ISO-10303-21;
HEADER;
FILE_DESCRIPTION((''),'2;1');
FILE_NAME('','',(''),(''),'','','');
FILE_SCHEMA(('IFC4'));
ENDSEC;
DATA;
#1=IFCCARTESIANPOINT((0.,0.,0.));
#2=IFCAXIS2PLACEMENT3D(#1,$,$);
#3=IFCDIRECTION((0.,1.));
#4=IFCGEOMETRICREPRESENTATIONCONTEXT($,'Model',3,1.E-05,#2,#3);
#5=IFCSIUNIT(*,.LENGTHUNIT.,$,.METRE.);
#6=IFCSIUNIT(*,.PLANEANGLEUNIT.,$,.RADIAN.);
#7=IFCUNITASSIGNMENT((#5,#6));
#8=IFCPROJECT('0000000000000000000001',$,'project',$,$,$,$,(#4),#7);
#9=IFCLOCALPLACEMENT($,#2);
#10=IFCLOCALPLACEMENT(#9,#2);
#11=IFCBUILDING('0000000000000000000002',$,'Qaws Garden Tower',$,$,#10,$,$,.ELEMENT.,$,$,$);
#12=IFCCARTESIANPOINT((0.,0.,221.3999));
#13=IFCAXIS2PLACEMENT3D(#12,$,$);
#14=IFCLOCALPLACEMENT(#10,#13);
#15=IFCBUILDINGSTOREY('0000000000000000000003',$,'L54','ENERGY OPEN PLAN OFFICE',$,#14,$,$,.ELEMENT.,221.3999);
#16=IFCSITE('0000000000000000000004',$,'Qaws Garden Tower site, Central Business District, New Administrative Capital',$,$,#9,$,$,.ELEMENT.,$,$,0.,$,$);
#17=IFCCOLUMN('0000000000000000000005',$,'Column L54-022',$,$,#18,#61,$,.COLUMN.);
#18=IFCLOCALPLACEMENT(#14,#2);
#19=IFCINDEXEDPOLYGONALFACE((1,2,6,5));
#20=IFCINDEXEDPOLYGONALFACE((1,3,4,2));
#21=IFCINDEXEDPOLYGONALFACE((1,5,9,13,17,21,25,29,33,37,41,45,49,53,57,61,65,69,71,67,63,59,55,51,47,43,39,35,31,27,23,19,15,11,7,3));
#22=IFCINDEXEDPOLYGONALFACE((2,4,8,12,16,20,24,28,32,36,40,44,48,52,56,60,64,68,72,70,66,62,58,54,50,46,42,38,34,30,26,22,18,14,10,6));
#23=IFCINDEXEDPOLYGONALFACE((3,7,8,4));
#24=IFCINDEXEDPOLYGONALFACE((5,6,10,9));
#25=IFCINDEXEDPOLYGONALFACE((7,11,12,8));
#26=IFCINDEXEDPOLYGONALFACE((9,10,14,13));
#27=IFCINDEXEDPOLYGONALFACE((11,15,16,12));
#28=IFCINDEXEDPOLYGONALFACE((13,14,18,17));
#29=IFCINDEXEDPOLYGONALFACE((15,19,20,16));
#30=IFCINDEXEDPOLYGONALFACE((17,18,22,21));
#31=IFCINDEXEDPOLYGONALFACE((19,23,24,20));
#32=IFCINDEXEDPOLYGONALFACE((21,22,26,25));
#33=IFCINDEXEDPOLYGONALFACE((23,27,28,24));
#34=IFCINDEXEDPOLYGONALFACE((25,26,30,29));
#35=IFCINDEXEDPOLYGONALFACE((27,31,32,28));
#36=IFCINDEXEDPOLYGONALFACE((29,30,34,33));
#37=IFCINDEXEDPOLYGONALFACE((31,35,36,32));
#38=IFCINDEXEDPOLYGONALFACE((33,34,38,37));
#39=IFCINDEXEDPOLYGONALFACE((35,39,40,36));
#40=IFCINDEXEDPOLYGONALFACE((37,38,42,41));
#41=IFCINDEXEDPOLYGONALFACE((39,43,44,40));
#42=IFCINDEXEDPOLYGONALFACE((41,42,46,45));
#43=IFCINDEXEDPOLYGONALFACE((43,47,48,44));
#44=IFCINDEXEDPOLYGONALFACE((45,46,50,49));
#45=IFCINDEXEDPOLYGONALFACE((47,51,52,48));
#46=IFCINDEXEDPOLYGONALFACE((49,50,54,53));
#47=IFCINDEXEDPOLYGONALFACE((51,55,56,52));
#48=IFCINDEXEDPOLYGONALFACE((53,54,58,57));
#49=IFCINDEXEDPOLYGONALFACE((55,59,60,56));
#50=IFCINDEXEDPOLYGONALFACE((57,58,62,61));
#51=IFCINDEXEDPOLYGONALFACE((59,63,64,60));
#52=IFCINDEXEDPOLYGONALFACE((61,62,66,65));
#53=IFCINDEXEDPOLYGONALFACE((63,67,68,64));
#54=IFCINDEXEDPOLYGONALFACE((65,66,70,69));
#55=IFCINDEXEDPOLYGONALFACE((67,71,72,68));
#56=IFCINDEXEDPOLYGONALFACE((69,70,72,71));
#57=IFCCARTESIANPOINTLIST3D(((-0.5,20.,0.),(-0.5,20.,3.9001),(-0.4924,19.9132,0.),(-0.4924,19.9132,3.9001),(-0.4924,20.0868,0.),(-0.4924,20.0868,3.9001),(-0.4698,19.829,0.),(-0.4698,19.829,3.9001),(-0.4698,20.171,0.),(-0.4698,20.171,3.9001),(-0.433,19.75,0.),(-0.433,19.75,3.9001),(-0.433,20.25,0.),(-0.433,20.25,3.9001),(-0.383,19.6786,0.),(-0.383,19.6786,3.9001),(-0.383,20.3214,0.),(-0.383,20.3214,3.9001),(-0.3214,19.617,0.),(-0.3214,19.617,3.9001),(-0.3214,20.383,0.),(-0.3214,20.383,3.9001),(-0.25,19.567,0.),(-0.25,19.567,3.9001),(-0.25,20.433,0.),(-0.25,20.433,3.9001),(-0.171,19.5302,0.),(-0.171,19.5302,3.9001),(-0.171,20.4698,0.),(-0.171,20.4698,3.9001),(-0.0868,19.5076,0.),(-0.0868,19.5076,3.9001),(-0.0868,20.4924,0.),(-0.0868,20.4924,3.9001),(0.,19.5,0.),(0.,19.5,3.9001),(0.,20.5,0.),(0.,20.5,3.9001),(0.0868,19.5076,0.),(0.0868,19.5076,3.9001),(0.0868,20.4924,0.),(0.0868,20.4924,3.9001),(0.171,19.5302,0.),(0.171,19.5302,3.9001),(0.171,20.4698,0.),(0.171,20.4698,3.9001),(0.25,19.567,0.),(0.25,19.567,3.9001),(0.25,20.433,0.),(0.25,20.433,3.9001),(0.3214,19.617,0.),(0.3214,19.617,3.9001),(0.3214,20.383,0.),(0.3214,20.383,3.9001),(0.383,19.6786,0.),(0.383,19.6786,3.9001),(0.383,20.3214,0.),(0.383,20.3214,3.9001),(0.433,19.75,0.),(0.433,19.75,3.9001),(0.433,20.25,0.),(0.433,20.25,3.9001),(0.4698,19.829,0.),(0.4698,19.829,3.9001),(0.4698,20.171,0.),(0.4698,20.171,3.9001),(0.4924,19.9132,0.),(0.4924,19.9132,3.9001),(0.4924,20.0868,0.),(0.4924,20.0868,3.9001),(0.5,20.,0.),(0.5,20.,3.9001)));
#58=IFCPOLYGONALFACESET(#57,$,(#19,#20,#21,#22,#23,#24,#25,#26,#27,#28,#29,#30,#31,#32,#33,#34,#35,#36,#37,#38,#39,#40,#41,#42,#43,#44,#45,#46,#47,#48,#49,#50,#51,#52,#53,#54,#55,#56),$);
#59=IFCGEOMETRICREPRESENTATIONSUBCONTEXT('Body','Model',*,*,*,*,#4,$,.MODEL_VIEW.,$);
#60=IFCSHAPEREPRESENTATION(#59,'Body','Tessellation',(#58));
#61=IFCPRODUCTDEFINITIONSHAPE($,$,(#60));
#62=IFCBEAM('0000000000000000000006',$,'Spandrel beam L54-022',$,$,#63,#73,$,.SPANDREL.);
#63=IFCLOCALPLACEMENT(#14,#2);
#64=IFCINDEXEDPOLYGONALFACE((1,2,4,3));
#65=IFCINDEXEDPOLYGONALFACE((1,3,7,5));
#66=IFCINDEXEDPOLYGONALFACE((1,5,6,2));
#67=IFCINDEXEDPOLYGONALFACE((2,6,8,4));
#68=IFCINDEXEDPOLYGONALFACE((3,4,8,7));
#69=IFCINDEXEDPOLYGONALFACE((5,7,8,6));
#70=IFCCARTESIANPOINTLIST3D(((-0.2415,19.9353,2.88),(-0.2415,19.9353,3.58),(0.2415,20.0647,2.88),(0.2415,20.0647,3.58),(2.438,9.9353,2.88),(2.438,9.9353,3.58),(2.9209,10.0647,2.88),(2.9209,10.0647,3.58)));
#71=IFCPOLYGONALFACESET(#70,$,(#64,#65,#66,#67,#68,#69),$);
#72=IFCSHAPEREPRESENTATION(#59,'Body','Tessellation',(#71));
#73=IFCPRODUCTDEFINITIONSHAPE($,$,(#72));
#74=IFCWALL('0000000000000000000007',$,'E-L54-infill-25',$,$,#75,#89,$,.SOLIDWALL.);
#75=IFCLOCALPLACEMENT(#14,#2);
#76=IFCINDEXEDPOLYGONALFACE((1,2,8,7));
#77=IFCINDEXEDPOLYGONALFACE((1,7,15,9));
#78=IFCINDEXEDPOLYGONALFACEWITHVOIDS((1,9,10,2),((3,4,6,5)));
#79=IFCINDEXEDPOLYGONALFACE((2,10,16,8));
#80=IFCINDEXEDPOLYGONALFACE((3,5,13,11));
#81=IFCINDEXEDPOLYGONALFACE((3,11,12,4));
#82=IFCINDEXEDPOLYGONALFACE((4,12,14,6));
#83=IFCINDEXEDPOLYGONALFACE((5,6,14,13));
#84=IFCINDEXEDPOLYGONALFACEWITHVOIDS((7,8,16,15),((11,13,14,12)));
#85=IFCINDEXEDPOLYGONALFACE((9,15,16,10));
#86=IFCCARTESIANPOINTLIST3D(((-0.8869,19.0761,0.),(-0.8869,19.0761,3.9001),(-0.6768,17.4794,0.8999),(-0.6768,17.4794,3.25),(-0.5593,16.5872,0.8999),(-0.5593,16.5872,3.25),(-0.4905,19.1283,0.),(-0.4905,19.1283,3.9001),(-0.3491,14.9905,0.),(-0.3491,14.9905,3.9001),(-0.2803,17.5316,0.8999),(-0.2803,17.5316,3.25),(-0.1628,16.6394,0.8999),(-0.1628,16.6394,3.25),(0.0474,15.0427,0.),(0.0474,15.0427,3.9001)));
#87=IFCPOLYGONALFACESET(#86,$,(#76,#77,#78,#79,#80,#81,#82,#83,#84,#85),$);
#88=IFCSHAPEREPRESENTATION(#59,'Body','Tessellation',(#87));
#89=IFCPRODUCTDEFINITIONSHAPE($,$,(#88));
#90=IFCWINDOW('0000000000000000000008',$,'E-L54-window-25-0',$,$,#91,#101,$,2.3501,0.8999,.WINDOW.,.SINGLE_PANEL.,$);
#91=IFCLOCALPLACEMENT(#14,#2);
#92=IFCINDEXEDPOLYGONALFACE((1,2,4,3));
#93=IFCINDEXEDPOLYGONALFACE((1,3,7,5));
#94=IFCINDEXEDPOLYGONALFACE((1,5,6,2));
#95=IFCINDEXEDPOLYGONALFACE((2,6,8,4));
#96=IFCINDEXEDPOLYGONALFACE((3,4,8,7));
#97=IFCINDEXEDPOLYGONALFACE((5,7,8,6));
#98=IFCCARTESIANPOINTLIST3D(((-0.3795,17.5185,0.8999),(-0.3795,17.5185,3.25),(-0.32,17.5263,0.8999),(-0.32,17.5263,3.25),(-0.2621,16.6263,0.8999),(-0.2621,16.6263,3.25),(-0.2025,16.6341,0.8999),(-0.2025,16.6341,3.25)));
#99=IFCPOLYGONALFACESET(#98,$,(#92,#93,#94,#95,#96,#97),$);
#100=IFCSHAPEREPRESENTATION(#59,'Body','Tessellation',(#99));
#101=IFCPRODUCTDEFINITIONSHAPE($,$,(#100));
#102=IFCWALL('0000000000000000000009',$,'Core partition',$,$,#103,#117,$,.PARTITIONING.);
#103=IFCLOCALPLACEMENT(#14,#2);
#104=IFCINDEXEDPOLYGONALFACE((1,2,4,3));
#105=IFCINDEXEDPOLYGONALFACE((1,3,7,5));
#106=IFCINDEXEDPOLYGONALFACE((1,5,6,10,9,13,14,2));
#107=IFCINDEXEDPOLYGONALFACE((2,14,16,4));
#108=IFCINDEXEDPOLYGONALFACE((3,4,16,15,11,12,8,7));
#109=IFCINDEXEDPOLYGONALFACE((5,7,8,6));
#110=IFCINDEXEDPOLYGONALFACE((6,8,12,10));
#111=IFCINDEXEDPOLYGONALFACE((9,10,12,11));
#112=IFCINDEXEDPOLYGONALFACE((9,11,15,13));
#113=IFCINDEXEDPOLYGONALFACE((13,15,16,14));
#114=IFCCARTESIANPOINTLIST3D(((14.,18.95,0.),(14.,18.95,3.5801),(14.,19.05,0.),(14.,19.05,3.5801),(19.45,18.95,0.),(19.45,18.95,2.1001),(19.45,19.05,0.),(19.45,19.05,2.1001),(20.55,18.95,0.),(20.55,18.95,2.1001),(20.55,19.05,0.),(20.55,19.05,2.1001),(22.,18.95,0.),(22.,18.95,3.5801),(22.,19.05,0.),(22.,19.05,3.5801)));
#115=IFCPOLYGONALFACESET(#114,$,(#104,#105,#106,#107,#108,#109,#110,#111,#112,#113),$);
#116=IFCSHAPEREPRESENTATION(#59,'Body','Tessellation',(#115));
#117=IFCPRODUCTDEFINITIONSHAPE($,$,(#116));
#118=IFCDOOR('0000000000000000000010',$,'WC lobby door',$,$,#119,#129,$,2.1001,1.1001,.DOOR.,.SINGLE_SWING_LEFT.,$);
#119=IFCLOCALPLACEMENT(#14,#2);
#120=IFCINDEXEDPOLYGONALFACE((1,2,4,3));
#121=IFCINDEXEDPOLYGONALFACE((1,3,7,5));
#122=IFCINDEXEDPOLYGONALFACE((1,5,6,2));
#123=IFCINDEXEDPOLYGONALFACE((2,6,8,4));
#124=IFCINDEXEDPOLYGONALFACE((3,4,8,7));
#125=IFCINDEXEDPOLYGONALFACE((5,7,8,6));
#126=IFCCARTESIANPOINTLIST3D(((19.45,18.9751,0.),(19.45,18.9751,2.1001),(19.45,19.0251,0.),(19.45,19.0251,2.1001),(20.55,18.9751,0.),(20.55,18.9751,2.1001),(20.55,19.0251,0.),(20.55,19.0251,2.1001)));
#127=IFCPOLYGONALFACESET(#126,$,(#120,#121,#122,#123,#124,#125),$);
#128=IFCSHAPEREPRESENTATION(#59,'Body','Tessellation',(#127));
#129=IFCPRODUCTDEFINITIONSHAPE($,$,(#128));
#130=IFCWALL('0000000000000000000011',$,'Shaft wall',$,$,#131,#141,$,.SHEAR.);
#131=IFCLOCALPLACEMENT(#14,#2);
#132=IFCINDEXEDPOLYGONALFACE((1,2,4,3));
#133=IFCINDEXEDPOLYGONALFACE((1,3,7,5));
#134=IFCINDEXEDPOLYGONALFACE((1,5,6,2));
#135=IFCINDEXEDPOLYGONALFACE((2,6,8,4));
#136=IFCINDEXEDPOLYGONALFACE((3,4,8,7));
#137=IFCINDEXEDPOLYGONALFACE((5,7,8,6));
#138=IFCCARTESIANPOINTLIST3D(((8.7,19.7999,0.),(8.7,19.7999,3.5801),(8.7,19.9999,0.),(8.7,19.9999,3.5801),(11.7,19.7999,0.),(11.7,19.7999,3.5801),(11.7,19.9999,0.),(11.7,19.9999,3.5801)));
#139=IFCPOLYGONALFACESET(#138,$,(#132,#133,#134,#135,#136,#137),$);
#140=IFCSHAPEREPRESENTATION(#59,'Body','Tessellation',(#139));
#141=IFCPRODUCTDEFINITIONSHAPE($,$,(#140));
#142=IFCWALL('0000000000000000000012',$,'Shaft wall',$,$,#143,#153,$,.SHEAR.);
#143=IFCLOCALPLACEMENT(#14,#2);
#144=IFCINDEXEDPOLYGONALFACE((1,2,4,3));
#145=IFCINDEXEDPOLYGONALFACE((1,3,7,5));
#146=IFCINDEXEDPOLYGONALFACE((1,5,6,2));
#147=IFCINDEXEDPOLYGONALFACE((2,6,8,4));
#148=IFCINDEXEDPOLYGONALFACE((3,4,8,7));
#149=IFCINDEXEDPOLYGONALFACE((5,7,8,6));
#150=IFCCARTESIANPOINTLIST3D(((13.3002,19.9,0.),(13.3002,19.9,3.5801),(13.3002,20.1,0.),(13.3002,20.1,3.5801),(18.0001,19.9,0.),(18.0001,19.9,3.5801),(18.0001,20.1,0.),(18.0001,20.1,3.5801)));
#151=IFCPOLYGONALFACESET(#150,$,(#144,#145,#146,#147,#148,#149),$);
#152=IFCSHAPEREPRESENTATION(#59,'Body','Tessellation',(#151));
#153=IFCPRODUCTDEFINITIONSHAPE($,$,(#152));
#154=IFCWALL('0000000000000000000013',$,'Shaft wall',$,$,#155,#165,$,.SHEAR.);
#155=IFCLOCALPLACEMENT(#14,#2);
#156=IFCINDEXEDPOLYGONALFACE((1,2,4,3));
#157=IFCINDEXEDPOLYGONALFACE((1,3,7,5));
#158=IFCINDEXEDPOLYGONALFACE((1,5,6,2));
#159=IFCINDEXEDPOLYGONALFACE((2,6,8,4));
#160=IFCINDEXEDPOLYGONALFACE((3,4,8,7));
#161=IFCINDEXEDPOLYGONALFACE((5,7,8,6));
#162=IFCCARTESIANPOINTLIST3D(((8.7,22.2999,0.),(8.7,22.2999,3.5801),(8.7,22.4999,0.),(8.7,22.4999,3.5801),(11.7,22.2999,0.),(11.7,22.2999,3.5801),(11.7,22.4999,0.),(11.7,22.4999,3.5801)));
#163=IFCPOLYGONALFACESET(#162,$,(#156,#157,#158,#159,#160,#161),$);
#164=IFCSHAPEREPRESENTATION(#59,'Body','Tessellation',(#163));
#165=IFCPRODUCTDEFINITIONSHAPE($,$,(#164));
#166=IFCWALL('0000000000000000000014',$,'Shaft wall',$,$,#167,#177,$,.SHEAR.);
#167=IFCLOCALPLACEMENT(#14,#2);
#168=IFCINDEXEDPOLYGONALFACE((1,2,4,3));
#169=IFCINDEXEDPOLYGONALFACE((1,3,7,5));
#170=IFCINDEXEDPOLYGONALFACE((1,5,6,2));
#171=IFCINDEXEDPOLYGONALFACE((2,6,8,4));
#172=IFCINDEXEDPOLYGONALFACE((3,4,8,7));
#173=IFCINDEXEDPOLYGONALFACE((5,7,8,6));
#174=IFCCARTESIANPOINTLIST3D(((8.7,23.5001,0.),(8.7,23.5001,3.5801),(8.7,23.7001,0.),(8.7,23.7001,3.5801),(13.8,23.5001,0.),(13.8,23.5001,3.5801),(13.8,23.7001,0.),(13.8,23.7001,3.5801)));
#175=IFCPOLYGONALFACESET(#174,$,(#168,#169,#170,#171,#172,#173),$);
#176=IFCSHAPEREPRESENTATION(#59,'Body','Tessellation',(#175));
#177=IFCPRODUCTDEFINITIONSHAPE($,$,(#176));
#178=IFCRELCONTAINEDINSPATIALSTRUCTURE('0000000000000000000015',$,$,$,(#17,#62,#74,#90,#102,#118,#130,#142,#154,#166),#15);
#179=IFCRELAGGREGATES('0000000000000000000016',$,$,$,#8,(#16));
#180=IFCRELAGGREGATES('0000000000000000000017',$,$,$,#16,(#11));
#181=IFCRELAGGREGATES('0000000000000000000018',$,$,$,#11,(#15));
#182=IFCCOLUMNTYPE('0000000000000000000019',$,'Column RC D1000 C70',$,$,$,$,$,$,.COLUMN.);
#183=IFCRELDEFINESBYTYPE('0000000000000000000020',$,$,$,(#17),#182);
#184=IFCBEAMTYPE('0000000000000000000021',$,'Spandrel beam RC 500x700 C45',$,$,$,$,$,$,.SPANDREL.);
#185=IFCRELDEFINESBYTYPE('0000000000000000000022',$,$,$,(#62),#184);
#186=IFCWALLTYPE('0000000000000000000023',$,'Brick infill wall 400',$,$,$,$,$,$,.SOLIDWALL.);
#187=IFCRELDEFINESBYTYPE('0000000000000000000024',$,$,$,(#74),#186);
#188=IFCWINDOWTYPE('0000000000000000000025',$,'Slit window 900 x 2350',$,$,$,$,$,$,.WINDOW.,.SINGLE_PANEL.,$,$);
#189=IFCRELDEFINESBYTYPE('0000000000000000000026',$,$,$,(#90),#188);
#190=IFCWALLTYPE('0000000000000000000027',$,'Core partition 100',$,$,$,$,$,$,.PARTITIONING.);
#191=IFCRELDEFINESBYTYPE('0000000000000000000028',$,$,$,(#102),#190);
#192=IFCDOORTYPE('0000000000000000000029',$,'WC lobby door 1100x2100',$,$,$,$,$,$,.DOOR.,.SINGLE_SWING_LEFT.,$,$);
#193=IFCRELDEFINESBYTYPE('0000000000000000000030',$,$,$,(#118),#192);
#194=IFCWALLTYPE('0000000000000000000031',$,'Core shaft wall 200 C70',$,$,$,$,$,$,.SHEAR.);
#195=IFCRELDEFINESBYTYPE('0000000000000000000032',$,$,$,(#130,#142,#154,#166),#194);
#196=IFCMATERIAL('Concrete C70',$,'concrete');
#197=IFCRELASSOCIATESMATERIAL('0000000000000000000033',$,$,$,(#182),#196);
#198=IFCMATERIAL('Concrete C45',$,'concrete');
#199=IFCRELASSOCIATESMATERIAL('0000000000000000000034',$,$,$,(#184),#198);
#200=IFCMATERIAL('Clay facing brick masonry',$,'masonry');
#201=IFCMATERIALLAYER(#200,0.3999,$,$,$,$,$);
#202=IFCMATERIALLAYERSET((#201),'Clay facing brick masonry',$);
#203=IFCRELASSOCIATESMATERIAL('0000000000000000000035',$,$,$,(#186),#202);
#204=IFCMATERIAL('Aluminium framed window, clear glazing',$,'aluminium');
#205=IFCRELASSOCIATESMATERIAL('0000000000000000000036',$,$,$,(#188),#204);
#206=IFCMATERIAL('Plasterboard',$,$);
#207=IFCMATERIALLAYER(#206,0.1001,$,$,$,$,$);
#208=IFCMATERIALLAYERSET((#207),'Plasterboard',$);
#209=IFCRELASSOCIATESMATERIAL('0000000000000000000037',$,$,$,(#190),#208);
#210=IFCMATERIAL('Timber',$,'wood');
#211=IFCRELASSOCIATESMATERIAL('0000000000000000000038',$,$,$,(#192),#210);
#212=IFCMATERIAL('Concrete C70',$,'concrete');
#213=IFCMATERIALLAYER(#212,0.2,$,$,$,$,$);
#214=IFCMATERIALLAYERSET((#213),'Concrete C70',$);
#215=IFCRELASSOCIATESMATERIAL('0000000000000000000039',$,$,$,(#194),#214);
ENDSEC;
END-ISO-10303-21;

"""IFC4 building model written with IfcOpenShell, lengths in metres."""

from ifc_helpers import new_model, si_unit, direction, frame, frame_2d, origin, origin_2d, place, context, subcontext, project, spatial, rectangle, circle, extrude, material, layer, layer_set, material_profile, profile_set, type_object, element, fill, save


model = new_model("IFC4")

# Units and contexts
model_context = context("Model", 3, precision=1e-05, world=origin(), true_north=direction((0.0, 1.0)))
body_context = subcontext(model_context, "Body", "Model", "MODEL_VIEW")
ifc_project = project(units=[si_unit("LENGTHUNIT", "METRE"), si_unit("PLANEANGLEUNIT", "RADIAN")], contexts=[model_context])

# Site, building, storey
site_placement = place(None, origin())
site = spatial("IfcSite", under=ifc_project, at=site_placement, Name="Qaws Garden Tower site, Central Business District, New Administrative Capital", CompositionType="ELEMENT", RefElevation=0.0)
building_placement = place(site_placement, origin())
building = spatial("IfcBuilding", under=site, at=building_placement, Name="Qaws Garden Tower", CompositionType="ELEMENT")
storey_placement = place(building_placement, frame((0.0, 0.0, 221.3999)))
storey = spatial("IfcBuildingStorey", under=building, at=storey_placement, Name="L54", Description="ENERGY OPEN PLAN OFFICE", CompositionType="ELEMENT", Elevation=221.3999)

# Column
ifc_material_1 = material(Name="Concrete C70", Category="concrete")
ifc_material_profile_1 = material_profile(ifc_material_1, circle(Radius=0.5, at=origin_2d()), Name="RC D1000")
ifc_profile_set_1 = profile_set([ifc_material_profile_1], Name="Concrete C70")
column_type = type_object("IfcColumnType", Name="Column RC D1000 C70", PredefinedType="COLUMN", material=ifc_profile_set_1)
column_placement = place(storey_placement, frame((0.0, 20.0, 0.0), z_axis=(0.0, 0.0, 1.0), x_axis=(1.0, 0.0, 0.0)))
element("IfcColumn", 1, at=column_placement, inside=storey, type_object=column_type, Name="Column L54-022", PredefinedType="COLUMN", context=body_context, shape_type="SweptSolid", body=[
    extrude(circle(Radius=0.5, at=origin_2d()), origin(), (0.0, 0.0, 1.0), 3.9001),
])

# Beam
ifc_material_2 = material(Name="Concrete C45", Category="concrete")
ifc_material_profile_2 = material_profile(ifc_material_2, rectangle(XDim=0.5, YDim=0.7, at=origin_2d()), Name="RC 500x700")
ifc_profile_set_2 = profile_set([ifc_material_profile_2], Name="Concrete C45")
beam_type = type_object("IfcBeamType", Name="Spandrel beam RC 500x700 C45", PredefinedType="SPANDREL", material=ifc_profile_set_2)
beam_placement = place(storey_placement, frame((0.0, 20.0, 3.23), z_axis=(0.258815, -0.965927, 0.0), x_axis=(0.965927, 0.258815, 0.0)))
element("IfcBeam", 2, at=beam_placement, inside=storey, type_object=beam_type, Name="Spandrel beam L54-022", PredefinedType="SPANDREL", context=body_context, shape_type="SweptSolid", body=[
    extrude(rectangle(XDim=0.5, YDim=0.7, at=origin_2d()), origin(), (0.0, 0.0, 1.0), 10.3528),
])

# Wall, opening, window
ifc_material_3 = material(Name="Clay facing brick masonry", Category="masonry")
ifc_layer_1 = layer(ifc_material_3, 0.3999)
ifc_layer_set_1 = layer_set([ifc_layer_1], Name="Clay facing brick masonry")
wall_type_1 = type_object("IfcWallType", Name="Brick infill wall 400", PredefinedType="SOLIDWALL", material=ifc_layer_set_1)
wall_1_placement = place(storey_placement, frame((-0.6887, 19.1023, 0.0), z_axis=(0.0, 0.0, 1.0), x_axis=(0.130514, -0.991446, 0.0)))
wall_1 = element("IfcWall", 3, at=wall_1_placement, inside=storey, type_object=wall_type_1, Name="E-L54-infill-25", PredefinedType="SOLIDWALL", context=body_context, shape_type="SweptSolid", body=[
    extrude(rectangle(XDim=4.1208, YDim=0.3999, at=frame_2d((2.0605, 0.0))), origin(), (0.0, 0.0, 1.0), 3.9001),
])
opening_1_placement = place(wall_1_placement, frame((1.6106, 0.0, 0.8999)))
opening_1 = element("IfcOpeningElement", 4, at=opening_1_placement, cuts=wall_1, PredefinedType="OPENING", context=body_context, shape_type="SweptSolid", body=[
    extrude(rectangle(XDim=0.8999, YDim=2.3501, at=frame_2d((0.45, 1.175))), frame((0.0, 0.21, 0.0), z_axis=(0.0, -1.0, 0.0), x_axis=(1.0, 0.0, 0.0)), (0.0, 0.0, 1.0), 0.4199),
])
ifc_material_4 = material(Name="Aluminium framed window, clear glazing", Category="aluminium")
window_type = type_object("IfcWindowType", Name="Slit window 900 x 2350", PartitioningType="SINGLE_PANEL", PredefinedType="WINDOW", material=ifc_material_4)
window_placement = place(opening_1_placement, origin())
window = element("IfcWindow", 5, at=window_placement, inside=storey, type_object=window_type, Name="E-L54-window-25-0", OverallHeight=2.3501, OverallWidth=0.8999, PartitioningType="SINGLE_PANEL", PredefinedType="WINDOW", context=body_context, shape_type="SweptSolid", body=[
    extrude(rectangle(XDim=0.8999, YDim=2.3501, at=frame_2d((0.45, 1.175))), frame((0.0, 0.1599, 0.0), z_axis=(0.0, -1.0, 0.0), x_axis=(1.0, 0.0, 0.0)), (0.0, 0.0, 1.0), 0.0601),
])
fill(opening_1, window)

# Wall, opening, door
ifc_material_5 = material(Name="Plasterboard")
ifc_layer_2 = layer(ifc_material_5, 0.1001)
ifc_layer_set_2 = layer_set([ifc_layer_2], Name="Plasterboard")
wall_type_2 = type_object("IfcWallType", Name="Core partition 100", PredefinedType="PARTITIONING", material=ifc_layer_set_2)
wall_2_placement = place(storey_placement, frame((14.0, 19.0, 0.0), z_axis=(0.0, 0.0, 1.0), x_axis=(1.0, 0.0, 0.0)))
wall_2 = element("IfcWall", 6, at=wall_2_placement, inside=storey, type_object=wall_type_2, Name="Core partition", PredefinedType="PARTITIONING", context=body_context, shape_type="SweptSolid", body=[
    extrude(rectangle(XDim=8.0, YDim=0.1001, at=frame_2d((4.0, 0.0))), origin(), (0.0, 0.0, 1.0), 3.5801),
])
opening_2_placement = place(wall_2_placement, frame((5.45, 0.0, 0.0)))
opening_2 = element("IfcOpeningElement", 7, at=opening_2_placement, cuts=wall_2, PredefinedType="OPENING", context=body_context, shape_type="SweptSolid", body=[
    extrude(rectangle(XDim=1.1001, YDim=2.1001, at=frame_2d((0.55, 1.05))), frame((0.0, 0.0601, 0.0), z_axis=(0.0, -1.0, 0.0), x_axis=(1.0, 0.0, 0.0)), (0.0, 0.0, 1.0), 0.1201),
])
ifc_material_6 = material(Name="Timber", Category="wood")
door_type_1 = type_object("IfcDoorType", Name="WC lobby door 1100x2100", OperationType="SINGLE_SWING_LEFT", PredefinedType="DOOR", material=ifc_material_6)
door_1_placement = place(opening_2_placement, frame((1.1001, 0.0, 0.0), z_axis=(0.0, 0.0, 1.0), x_axis=(-1.0, 0.0, 0.0)))
door_1 = element("IfcDoor", 8, at=door_1_placement, inside=storey, type_object=door_type_1, Name="WC lobby door", OperationType="SINGLE_SWING_LEFT", OverallHeight=2.1001, OverallWidth=1.1001, PredefinedType="DOOR", context=body_context, shape_type="SweptSolid", body=[
    extrude(rectangle(XDim=1.1001, YDim=2.1001, at=frame_2d((0.55, 1.05))), frame((0.0, 0.0249, 0.0), z_axis=(0.0, -1.0, 0.0), x_axis=(1.0, 0.0, 0.0)), (0.0, 0.0, 1.0), 0.05),
])
fill(opening_2, door_1)

# Walls
ifc_material_7 = material(Name="Concrete C70", Category="concrete")
ifc_layer_3 = layer(ifc_material_7, 0.2)
ifc_layer_set_3 = layer_set([ifc_layer_3], Name="Concrete C70")
wall_type_3 = type_object("IfcWallType", Name="Core shaft wall 200 C70", PredefinedType="SHEAR", material=ifc_layer_set_3)
wall_3_placement = place(storey_placement, frame((8.7, 19.8999, 0.0), z_axis=(0.0, 0.0, 1.0), x_axis=(1.0, 0.0, 0.0)))
element("IfcWall", 9, at=wall_3_placement, inside=storey, type_object=wall_type_3, Name="Shaft wall", PredefinedType="SHEAR", context=body_context, shape_type="SweptSolid", body=[
    extrude(rectangle(XDim=3.0, YDim=0.2, at=frame_2d((1.5, 0.0))), origin(), (0.0, 0.0, 1.0), 3.5801),
])
wall_4_placement = place(storey_placement, frame((13.3, 20.0, 0.0), z_axis=(0.0, 0.0, 1.0), x_axis=(1.0, 0.0, 0.0)))
element("IfcWall", 10, at=wall_4_placement, inside=storey, type_object=wall_type_3, Name="Shaft wall", PredefinedType="SHEAR", context=body_context, shape_type="SweptSolid", body=[
    extrude(rectangle(XDim=4.7, YDim=0.2, at=frame_2d((2.3501, 0.0))), origin(), (0.0, 0.0, 1.0), 3.5801),
])
wall_5_placement = place(storey_placement, frame((8.7, 22.3999, 0.0), z_axis=(0.0, 0.0, 1.0), x_axis=(1.0, 0.0, 0.0)))
element("IfcWall", 11, at=wall_5_placement, inside=storey, type_object=wall_type_3, Name="Shaft wall", PredefinedType="SHEAR", context=body_context, shape_type="SweptSolid", body=[
    extrude(rectangle(XDim=3.0, YDim=0.2, at=frame_2d((1.5, 0.0))), origin(), (0.0, 0.0, 1.0), 3.5801),
])
wall_6_placement = place(storey_placement, frame((8.7, 23.6001, 0.0), z_axis=(0.0, 0.0, 1.0), x_axis=(1.0, 0.0, 0.0)))
element("IfcWall", 12, at=wall_6_placement, inside=storey, type_object=wall_type_3, Name="Shaft wall", PredefinedType="SHEAR", context=body_context, shape_type="SweptSolid", body=[
    extrude(rectangle(XDim=5.1001, YDim=0.2, at=frame_2d((2.55, 0.0))), origin(), (0.0, 0.0, 1.0), 3.5801),
])

save(model, "model.ifc")
